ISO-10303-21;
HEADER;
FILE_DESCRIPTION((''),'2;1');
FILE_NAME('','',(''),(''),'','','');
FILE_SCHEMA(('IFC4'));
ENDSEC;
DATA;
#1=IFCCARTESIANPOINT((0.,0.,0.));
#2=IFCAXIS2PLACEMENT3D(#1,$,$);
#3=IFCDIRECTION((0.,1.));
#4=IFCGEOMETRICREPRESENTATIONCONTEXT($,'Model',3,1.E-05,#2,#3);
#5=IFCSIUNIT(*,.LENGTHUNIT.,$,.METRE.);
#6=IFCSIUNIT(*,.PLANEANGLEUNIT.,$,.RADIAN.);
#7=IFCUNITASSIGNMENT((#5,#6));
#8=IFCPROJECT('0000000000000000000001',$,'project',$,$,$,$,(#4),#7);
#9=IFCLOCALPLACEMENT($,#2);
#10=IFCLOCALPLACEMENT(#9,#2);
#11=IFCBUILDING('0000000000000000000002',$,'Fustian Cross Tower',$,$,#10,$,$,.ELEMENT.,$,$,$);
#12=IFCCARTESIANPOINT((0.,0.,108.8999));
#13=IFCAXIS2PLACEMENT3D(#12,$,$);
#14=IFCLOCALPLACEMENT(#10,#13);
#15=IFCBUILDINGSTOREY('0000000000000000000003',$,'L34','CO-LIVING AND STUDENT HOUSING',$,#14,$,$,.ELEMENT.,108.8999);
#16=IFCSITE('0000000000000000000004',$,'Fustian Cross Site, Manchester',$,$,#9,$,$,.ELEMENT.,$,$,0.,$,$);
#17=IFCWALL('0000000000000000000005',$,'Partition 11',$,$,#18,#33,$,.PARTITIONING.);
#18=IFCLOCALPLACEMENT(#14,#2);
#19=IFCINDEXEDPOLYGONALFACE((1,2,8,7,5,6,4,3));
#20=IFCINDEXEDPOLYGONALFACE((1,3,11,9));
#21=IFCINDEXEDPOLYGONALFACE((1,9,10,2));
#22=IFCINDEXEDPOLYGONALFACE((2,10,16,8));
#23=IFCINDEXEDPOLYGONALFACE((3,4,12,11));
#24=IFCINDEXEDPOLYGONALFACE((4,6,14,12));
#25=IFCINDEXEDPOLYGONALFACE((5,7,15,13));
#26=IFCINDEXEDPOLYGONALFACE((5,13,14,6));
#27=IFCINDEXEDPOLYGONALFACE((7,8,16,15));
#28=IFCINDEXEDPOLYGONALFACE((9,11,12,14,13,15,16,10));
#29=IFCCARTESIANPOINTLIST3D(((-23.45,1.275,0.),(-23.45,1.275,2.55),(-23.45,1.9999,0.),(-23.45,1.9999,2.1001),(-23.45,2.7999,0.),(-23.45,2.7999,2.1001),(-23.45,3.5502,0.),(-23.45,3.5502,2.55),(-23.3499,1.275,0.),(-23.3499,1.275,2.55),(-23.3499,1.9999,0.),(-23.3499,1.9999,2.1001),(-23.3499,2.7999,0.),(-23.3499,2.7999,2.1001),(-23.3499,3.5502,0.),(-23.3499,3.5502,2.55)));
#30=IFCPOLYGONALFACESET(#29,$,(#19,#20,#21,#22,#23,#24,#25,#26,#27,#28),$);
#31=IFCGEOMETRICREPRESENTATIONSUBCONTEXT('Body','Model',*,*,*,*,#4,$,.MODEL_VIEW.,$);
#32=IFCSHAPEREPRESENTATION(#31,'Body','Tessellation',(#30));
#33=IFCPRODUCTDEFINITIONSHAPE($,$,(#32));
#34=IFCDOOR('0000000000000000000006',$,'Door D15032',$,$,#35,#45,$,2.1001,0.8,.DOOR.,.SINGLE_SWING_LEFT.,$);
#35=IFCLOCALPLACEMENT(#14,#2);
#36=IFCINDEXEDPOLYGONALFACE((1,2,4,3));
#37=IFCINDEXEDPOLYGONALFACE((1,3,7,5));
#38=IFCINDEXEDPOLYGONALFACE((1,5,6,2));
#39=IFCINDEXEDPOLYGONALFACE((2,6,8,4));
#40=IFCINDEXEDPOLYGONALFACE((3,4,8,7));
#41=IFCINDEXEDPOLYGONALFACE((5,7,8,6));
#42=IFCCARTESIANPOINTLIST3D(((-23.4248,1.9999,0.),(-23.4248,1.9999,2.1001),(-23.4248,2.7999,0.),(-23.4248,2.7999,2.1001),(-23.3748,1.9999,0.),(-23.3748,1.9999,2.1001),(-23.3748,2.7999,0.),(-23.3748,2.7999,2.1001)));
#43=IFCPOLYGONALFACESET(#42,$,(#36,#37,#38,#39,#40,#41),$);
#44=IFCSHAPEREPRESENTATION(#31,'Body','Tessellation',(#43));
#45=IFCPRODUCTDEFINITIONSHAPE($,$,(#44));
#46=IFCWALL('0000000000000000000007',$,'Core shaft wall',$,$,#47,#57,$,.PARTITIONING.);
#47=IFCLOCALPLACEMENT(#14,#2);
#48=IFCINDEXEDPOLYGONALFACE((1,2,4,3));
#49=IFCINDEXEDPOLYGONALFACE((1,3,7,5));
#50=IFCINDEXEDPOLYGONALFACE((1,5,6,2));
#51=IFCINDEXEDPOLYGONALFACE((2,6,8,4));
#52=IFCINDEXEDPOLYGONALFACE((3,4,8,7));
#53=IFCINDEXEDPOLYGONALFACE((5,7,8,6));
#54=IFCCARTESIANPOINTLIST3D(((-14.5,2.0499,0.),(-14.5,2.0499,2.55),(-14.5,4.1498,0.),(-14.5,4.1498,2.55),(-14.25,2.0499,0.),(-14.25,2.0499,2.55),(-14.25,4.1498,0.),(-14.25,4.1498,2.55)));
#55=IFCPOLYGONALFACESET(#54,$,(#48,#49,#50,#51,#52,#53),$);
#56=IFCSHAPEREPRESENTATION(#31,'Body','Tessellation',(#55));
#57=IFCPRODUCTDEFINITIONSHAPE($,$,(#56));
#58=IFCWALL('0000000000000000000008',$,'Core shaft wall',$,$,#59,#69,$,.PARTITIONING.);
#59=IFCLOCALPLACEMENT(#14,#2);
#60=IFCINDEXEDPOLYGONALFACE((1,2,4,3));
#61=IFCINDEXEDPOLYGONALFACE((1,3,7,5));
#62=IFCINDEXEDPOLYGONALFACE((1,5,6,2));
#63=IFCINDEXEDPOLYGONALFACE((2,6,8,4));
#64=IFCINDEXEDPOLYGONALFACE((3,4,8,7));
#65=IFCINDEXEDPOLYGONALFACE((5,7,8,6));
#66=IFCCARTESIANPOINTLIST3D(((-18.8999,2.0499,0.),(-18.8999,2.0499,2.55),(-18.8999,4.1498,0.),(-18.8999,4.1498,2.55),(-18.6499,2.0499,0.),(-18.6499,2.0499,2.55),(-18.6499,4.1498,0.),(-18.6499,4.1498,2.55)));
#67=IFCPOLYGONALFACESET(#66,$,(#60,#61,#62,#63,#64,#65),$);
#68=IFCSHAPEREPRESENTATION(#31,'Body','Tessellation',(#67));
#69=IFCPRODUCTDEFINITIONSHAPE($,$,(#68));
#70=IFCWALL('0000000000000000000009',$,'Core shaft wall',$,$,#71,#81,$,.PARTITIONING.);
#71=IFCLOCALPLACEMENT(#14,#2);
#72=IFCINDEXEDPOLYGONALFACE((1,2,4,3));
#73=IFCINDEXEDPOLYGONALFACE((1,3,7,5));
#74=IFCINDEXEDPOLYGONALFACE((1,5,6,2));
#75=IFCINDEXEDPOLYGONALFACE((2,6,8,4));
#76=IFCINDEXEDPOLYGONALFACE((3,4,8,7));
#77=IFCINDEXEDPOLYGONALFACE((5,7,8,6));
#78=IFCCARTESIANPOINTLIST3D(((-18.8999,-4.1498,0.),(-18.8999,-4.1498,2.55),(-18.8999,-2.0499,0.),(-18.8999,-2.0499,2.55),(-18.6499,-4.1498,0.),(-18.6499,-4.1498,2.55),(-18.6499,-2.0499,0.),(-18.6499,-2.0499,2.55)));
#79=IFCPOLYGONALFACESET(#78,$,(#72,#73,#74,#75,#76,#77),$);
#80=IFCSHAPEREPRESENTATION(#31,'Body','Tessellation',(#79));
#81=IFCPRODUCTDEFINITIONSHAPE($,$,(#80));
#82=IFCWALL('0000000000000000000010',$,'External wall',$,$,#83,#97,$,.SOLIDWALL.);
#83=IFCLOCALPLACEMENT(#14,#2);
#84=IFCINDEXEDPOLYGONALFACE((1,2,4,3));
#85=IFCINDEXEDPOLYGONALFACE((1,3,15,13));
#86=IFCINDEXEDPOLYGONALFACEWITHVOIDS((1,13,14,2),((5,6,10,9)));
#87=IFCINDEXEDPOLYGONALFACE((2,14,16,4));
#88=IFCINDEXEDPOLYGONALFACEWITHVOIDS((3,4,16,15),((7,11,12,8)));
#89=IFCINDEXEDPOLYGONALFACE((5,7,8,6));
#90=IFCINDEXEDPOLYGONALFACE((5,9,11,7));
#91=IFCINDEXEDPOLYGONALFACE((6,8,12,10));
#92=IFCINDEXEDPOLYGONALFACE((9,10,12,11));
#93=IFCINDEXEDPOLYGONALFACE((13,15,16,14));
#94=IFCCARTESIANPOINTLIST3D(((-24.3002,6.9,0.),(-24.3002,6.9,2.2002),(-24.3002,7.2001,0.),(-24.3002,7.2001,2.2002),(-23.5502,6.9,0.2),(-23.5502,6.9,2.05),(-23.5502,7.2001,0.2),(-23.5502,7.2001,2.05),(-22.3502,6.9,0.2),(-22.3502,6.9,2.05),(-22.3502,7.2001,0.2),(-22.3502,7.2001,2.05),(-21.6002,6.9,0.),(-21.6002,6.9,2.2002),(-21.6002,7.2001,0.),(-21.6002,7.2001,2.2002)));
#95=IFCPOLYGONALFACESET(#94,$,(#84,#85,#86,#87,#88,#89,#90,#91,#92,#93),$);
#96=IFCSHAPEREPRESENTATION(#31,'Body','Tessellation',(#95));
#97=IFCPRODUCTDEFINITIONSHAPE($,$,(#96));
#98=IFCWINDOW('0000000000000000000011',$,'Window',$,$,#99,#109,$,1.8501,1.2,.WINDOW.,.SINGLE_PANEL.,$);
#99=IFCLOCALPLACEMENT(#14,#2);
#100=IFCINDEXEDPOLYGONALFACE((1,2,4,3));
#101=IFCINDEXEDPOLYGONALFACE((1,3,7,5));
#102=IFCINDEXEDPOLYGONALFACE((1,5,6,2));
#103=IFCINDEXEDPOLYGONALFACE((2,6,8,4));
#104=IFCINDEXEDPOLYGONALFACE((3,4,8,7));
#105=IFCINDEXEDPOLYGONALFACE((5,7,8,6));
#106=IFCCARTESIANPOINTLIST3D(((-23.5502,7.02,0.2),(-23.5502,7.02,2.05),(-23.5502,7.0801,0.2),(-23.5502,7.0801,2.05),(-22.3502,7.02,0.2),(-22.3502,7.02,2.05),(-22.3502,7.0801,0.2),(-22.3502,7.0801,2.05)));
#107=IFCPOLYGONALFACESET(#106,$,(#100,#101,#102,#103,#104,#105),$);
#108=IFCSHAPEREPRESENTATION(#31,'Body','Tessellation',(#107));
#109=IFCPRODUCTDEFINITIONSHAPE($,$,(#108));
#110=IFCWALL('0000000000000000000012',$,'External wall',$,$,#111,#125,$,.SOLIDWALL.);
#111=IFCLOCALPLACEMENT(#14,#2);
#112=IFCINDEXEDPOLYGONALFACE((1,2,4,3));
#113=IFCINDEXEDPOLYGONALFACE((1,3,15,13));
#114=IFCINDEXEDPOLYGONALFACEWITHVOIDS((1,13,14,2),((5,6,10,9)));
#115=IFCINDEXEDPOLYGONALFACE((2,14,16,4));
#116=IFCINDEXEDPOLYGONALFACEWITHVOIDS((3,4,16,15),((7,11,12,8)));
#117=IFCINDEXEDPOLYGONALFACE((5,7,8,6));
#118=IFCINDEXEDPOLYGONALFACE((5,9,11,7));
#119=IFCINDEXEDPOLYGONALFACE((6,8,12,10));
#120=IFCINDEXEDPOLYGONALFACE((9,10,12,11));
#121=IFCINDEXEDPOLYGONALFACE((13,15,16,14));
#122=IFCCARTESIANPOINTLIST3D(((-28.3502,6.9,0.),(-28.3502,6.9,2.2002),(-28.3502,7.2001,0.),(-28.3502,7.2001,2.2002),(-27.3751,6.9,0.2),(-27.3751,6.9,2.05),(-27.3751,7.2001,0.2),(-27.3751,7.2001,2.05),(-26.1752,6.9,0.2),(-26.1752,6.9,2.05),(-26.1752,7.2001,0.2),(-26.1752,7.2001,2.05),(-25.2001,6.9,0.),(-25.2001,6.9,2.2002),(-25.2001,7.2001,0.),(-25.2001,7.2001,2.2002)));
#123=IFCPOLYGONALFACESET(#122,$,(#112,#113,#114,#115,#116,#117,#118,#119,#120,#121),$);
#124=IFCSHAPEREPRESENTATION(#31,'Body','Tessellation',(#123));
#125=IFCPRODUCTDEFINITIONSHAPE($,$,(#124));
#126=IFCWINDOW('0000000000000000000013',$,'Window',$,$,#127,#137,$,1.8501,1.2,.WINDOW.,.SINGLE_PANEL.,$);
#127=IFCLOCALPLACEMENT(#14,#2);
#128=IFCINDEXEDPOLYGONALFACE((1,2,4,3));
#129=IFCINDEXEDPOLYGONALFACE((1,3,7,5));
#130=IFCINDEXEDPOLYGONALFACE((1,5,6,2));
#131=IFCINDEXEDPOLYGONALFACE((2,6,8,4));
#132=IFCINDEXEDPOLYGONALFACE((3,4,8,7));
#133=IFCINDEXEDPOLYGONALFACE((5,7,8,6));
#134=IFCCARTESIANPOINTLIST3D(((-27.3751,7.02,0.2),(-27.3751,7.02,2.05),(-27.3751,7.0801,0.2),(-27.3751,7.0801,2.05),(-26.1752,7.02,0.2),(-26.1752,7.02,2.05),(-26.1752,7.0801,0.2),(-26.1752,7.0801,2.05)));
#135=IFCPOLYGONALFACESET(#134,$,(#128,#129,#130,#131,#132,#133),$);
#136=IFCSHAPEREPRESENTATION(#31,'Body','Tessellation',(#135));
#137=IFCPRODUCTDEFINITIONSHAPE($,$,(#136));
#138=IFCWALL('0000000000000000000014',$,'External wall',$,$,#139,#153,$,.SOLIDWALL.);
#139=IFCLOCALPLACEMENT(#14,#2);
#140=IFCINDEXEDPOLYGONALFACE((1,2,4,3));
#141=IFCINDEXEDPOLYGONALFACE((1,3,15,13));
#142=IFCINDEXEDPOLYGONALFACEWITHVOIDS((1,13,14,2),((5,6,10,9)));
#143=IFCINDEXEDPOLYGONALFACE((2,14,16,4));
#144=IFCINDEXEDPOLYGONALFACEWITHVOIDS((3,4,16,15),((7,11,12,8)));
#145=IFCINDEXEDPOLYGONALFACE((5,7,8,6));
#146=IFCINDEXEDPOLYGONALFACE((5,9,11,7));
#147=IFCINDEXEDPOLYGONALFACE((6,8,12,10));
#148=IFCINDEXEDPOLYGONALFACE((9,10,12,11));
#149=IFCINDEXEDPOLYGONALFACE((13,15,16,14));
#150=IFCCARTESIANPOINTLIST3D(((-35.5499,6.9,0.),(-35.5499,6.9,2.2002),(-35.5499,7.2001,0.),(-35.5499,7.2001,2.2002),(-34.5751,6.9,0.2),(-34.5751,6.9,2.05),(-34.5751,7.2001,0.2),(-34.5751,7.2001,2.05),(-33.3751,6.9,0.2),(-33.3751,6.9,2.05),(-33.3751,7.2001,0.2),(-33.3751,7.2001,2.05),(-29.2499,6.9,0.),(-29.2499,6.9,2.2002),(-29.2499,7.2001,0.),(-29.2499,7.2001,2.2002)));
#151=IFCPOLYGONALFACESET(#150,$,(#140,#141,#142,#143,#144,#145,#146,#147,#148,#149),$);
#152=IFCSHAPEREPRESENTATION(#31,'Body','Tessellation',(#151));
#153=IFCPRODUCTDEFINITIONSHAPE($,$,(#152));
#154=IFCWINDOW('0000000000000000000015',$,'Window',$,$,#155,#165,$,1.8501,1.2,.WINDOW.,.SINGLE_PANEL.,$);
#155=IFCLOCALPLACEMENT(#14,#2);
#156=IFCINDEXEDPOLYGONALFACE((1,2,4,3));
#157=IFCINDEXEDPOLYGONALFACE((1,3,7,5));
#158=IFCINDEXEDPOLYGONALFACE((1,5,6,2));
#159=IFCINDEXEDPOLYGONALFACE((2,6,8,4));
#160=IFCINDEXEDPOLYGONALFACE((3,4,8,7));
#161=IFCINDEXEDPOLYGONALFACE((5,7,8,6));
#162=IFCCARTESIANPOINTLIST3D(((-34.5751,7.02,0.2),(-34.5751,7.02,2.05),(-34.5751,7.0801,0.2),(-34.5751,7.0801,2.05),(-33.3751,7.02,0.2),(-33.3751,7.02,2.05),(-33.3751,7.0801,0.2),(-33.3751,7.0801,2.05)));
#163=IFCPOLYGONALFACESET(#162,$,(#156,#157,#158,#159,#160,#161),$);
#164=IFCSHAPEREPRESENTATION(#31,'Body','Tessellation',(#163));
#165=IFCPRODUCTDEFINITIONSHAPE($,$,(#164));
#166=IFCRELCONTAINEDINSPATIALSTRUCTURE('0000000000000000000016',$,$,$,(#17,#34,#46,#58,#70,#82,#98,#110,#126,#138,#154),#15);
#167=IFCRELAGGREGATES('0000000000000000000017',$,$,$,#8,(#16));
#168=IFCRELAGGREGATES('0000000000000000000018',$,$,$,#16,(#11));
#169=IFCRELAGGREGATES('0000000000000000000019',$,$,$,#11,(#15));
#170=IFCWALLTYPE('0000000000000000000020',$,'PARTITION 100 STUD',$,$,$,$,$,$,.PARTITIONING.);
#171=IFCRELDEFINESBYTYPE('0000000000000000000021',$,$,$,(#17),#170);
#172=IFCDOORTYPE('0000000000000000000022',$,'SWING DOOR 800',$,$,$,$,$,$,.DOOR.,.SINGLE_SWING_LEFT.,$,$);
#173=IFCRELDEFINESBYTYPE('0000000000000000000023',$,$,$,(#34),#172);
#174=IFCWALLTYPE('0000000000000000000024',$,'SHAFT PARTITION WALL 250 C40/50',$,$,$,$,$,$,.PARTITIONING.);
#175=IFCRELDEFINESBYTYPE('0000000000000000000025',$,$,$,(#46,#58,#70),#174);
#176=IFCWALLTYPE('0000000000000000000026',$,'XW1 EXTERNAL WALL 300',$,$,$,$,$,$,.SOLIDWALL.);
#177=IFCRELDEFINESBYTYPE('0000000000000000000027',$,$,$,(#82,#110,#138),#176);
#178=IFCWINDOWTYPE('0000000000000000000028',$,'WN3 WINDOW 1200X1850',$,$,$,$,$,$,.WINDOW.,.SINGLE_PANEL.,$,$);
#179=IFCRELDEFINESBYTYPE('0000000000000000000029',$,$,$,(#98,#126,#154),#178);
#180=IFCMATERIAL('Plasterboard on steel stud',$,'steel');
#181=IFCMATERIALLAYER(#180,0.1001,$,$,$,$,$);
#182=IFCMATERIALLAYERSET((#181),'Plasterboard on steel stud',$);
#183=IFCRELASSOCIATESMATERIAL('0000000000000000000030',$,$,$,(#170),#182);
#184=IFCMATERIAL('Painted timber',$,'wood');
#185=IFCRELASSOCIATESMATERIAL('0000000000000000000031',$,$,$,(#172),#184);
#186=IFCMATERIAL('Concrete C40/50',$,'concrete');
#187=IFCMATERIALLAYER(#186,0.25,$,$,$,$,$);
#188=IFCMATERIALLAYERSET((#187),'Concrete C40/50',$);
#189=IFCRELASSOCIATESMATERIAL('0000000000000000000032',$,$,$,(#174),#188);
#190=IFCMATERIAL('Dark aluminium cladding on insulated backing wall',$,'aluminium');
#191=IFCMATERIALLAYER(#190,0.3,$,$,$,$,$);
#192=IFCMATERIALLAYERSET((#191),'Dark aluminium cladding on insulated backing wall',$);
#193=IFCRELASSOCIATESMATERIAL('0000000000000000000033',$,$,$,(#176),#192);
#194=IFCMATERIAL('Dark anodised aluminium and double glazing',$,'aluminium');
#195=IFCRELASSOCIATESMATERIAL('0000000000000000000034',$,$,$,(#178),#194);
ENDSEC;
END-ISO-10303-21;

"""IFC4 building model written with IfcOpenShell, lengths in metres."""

from ifc_helpers import new_model, si_unit, direction, frame, frame_2d, origin, place, context, subcontext, project, spatial, rectangle, extrude, material, layer, layer_set, type_object, element, fill, save


model = new_model("IFC4")

# Units and contexts
model_context = context("Model", 3, precision=1e-05, world=origin(), true_north=direction((0.0, 1.0)))
body_context = subcontext(model_context, "Body", "Model", "MODEL_VIEW")
ifc_project = project(units=[si_unit("LENGTHUNIT", "METRE"), si_unit("PLANEANGLEUNIT", "RADIAN")], contexts=[model_context])

# Site, building, storey
site_placement = place(None, origin())
site = spatial("IfcSite", under=ifc_project, at=site_placement, Name="Fustian Cross Site, Manchester", CompositionType="ELEMENT", RefElevation=0.0)
building_placement = place(site_placement, origin())
building = spatial("IfcBuilding", under=site, at=building_placement, Name="Fustian Cross Tower", CompositionType="ELEMENT")
storey_placement = place(building_placement, frame((0.0, 0.0, 108.8999)))
storey = spatial("IfcBuildingStorey", under=building, at=storey_placement, Name="L34", Description="CO-LIVING AND STUDENT HOUSING", CompositionType="ELEMENT", Elevation=108.8999)

# Shared definitions
ifc_material_1 = material(Name="Plasterboard on steel stud", Category="steel")
ifc_layer_1 = layer(ifc_material_1, 0.1001)
ifc_layer_set_1 = layer_set([ifc_layer_1], Name="Plasterboard on steel stud")
wall_type_1 = type_object("IfcWallType", Name="PARTITION 100 STUD", PredefinedType="PARTITIONING", material=ifc_layer_set_1)

# Wall, opening, door
wall_1_placement = place(storey_placement, frame((-23.3999, 1.2749, 0.0), z_axis=(0.0, 0.0, 1.0), x_axis=(0.0, 1.0, 0.0)))
wall_1 = element("IfcWall", 1, at=wall_1_placement, inside=storey, type_object=wall_type_1, Name="Partition 11", PredefinedType="PARTITIONING", context=body_context, shape_type="SweptSolid", body=[
    extrude(rectangle(XDim=2.2751, YDim=0.1001, at=frame_2d((1.1377, 0.0))), origin(), (0.0, 0.0, 1.0), 2.55),
])
opening_1_placement = place(wall_1_placement, frame((0.7251, 0.0, 0.0)))
opening_1 = element("IfcOpeningElement", 2, at=opening_1_placement, cuts=wall_1, PredefinedType="OPENING", context=body_context, shape_type="SweptSolid", body=[
    extrude(rectangle(XDim=0.8, YDim=2.1001, at=frame_2d((0.3999, 1.05))), frame((0.0, 0.0601, 0.0), z_axis=(0.0, -1.0, 0.0), x_axis=(1.0, 0.0, 0.0)), (0.0, 0.0, 1.0), 0.1201),
])
ifc_material_2 = material(Name="Painted timber", Category="wood")
door_type_1 = type_object("IfcDoorType", Name="SWING DOOR 800", OperationType="SINGLE_SWING_LEFT", PredefinedType="DOOR", material=ifc_material_2)
door_1_placement = place(opening_1_placement, origin())
door_1 = element("IfcDoor", 3, at=door_1_placement, inside=storey, type_object=door_type_1, Name="Door D15032", OperationType="SINGLE_SWING_LEFT", OverallHeight=2.1001, OverallWidth=0.8, PredefinedType="DOOR", context=body_context, shape_type="SweptSolid", body=[
    extrude(rectangle(XDim=0.8, YDim=2.1001, at=frame_2d((0.3999, 1.05))), frame((0.0, 0.0249, 0.0), z_axis=(0.0, -1.0, 0.0), x_axis=(1.0, 0.0, 0.0)), (0.0, 0.0, 1.0), 0.05),
])
fill(opening_1, door_1)

# Walls
ifc_material_3 = material(Name="Concrete C40/50", Category="concrete")
ifc_layer_2 = layer(ifc_material_3, 0.25)
ifc_layer_set_2 = layer_set([ifc_layer_2], Name="Concrete C40/50")
wall_type_2 = type_object("IfcWallType", Name="SHAFT PARTITION WALL 250 C40/50", PredefinedType="PARTITIONING", material=ifc_layer_set_2)
for number, where, z_axis, x_axis, name in (
    (4, (-14.375, 2.05, 0.0), (0.0, 0.0, 1.0), (0.0, 1.0, 0.0), "Core shaft wall"),
    (5, (-18.7749, 2.05, 0.0), (0.0, 0.0, 1.0), (0.0, 1.0, 0.0), "Core shaft wall"),
    (6, (-18.7749, -2.05, 0.0), (0.0, 0.0, 1.0), (0.0, -1.0, 0.0), "Core shaft wall"),
):
    element("IfcWall", number, at=place(storey_placement, frame(where, z_axis=z_axis, x_axis=x_axis)), inside=storey, type_object=wall_type_2, Name=name, PredefinedType="PARTITIONING", context=body_context, shape_type="SweptSolid", body=[
        extrude(rectangle(XDim=2.0999, YDim=0.25, at=frame_2d((1.0498, 0.0))), origin(), (0.0, 0.0, 1.0), 2.55),
    ])

# Walls, openings, windows
ifc_material_4 = material(Name="Dark aluminium cladding on insulated backing wall", Category="aluminium")
ifc_layer_3 = layer(ifc_material_4, 0.3)
ifc_layer_set_3 = layer_set([ifc_layer_3], Name="Dark aluminium cladding on insulated backing wall")
wall_type_3 = type_object("IfcWallType", Name="XW1 EXTERNAL WALL 300", PredefinedType="SOLIDWALL", material=ifc_layer_set_3)
wall_2_placement = place(storey_placement, frame((-21.6001, 7.05, 0.0), z_axis=(0.0, 0.0, 1.0), x_axis=(-1.0, 0.0, 0.0)))
wall_2 = element("IfcWall", 7, at=wall_2_placement, inside=storey, type_object=wall_type_3, Name="External wall", PredefinedType="SOLIDWALL", context=body_context, shape_type="SweptSolid", body=[
    extrude(rectangle(XDim=2.7, YDim=0.3, at=frame_2d((1.3501, 0.0))), origin(), (0.0, 0.0, 1.0), 2.2002),
])
opening_2_placement = place(wall_2_placement, frame((0.75, 0.0, 0.2)))
opening_2 = element("IfcOpeningElement", 8, at=opening_2_placement, cuts=wall_2, PredefinedType="OPENING", context=body_context, shape_type="SweptSolid", body=[
    extrude(rectangle(XDim=1.2, YDim=1.8501, at=frame_2d((0.6001, 0.925))), frame((0.0, 0.1599, 0.0), z_axis=(0.0, -1.0, 0.0), x_axis=(1.0, 0.0, 0.0)), (0.0, 0.0, 1.0), 0.3201),
])
ifc_material_5 = material(Name="Dark anodised aluminium and double glazing", Category="aluminium")
window_type = type_object("IfcWindowType", Name="WN3 WINDOW 1200X1850", PartitioningType="SINGLE_PANEL", PredefinedType="WINDOW", material=ifc_material_5)
window_1_placement = place(opening_2_placement, origin())
window_1 = element("IfcWindow", 9, at=window_1_placement, inside=storey, type_object=window_type, Name="Window", OverallHeight=1.8501, OverallWidth=1.2, PartitioningType="SINGLE_PANEL", PredefinedType="WINDOW", context=body_context, shape_type="SweptSolid", body=[
    extrude(rectangle(XDim=1.2, YDim=1.8501, at=frame_2d((0.6001, 0.925))), frame((0.0, 0.03, 0.0), z_axis=(0.0, -1.0, 0.0), x_axis=(1.0, 0.0, 0.0)), (0.0, 0.0, 1.0), 0.0601),
])
fill(opening_2, window_1)
wall_3_placement = place(storey_placement, frame((-25.2, 7.05, 0.0), z_axis=(0.0, 0.0, 1.0), x_axis=(-1.0, 0.0, 0.0)))
wall_3 = element("IfcWall", 10, at=wall_3_placement, inside=storey, type_object=wall_type_3, Name="External wall", PredefinedType="SOLIDWALL", context=body_context, shape_type="SweptSolid", body=[
    extrude(rectangle(XDim=3.1501, YDim=0.3, at=frame_2d((1.5752, 0.0))), origin(), (0.0, 0.0, 1.0), 2.2002),
])
opening_3_placement = place(wall_3_placement, frame((0.9751, 0.0, 0.2)))
opening_3 = element("IfcOpeningElement", 11, at=opening_3_placement, cuts=wall_3, PredefinedType="OPENING", context=body_context, shape_type="SweptSolid", body=[
    extrude(rectangle(XDim=1.2, YDim=1.8501, at=frame_2d((0.6001, 0.925))), frame((0.0, 0.1599, 0.0), z_axis=(0.0, -1.0, 0.0), x_axis=(1.0, 0.0, 0.0)), (0.0, 0.0, 1.0), 0.3201),
])
window_2_placement = place(opening_3_placement, origin())
window_2 = element("IfcWindow", 12, at=window_2_placement, inside=storey, type_object=window_type, Name="Window", OverallHeight=1.8501, OverallWidth=1.2, PartitioningType="SINGLE_PANEL", PredefinedType="WINDOW", context=body_context, shape_type="SweptSolid", body=[
    extrude(rectangle(XDim=1.2, YDim=1.8501, at=frame_2d((0.6001, 0.925))), frame((0.0, 0.03, 0.0), z_axis=(0.0, -1.0, 0.0), x_axis=(1.0, 0.0, 0.0)), (0.0, 0.0, 1.0), 0.0601),
])
fill(opening_3, window_2)
wall_4_placement = place(storey_placement, frame((-29.25, 7.05, 0.0), z_axis=(0.0, 0.0, 1.0), x_axis=(-1.0, 0.0, 0.0)))
wall_4 = element("IfcWall", 13, at=wall_4_placement, inside=storey, type_object=wall_type_3, Name="External wall", PredefinedType="SOLIDWALL", context=body_context, shape_type="SweptSolid", body=[
    extrude(rectangle(XDim=6.3, YDim=0.3, at=frame_2d((3.1499, 0.0))), origin(), (0.0, 0.0, 1.0), 2.2002),
])
opening_4_placement = place(wall_4_placement, frame((4.125, 0.0, 0.2)))
opening_4 = element("IfcOpeningElement", 14, at=opening_4_placement, cuts=wall_4, PredefinedType="OPENING", context=body_context, shape_type="SweptSolid", body=[
    extrude(rectangle(XDim=1.2, YDim=1.8501, at=frame_2d((0.6001, 0.925))), frame((0.0, 0.1599, 0.0), z_axis=(0.0, -1.0, 0.0), x_axis=(1.0, 0.0, 0.0)), (0.0, 0.0, 1.0), 0.3201),
])
window_3_placement = place(opening_4_placement, origin())
window_3 = element("IfcWindow", 15, at=window_3_placement, inside=storey, type_object=window_type, Name="Window", OverallHeight=1.8501, OverallWidth=1.2, PartitioningType="SINGLE_PANEL", PredefinedType="WINDOW", context=body_context, shape_type="SweptSolid", body=[
    extrude(rectangle(XDim=1.2, YDim=1.8501, at=frame_2d((0.6001, 0.925))), frame((0.0, 0.03, 0.0), z_axis=(0.0, -1.0, 0.0), x_axis=(1.0, 0.0, 0.0)), (0.0, 0.0, 1.0), 0.0601),
])
fill(opening_4, window_3)

save(model, "model.ifc")
